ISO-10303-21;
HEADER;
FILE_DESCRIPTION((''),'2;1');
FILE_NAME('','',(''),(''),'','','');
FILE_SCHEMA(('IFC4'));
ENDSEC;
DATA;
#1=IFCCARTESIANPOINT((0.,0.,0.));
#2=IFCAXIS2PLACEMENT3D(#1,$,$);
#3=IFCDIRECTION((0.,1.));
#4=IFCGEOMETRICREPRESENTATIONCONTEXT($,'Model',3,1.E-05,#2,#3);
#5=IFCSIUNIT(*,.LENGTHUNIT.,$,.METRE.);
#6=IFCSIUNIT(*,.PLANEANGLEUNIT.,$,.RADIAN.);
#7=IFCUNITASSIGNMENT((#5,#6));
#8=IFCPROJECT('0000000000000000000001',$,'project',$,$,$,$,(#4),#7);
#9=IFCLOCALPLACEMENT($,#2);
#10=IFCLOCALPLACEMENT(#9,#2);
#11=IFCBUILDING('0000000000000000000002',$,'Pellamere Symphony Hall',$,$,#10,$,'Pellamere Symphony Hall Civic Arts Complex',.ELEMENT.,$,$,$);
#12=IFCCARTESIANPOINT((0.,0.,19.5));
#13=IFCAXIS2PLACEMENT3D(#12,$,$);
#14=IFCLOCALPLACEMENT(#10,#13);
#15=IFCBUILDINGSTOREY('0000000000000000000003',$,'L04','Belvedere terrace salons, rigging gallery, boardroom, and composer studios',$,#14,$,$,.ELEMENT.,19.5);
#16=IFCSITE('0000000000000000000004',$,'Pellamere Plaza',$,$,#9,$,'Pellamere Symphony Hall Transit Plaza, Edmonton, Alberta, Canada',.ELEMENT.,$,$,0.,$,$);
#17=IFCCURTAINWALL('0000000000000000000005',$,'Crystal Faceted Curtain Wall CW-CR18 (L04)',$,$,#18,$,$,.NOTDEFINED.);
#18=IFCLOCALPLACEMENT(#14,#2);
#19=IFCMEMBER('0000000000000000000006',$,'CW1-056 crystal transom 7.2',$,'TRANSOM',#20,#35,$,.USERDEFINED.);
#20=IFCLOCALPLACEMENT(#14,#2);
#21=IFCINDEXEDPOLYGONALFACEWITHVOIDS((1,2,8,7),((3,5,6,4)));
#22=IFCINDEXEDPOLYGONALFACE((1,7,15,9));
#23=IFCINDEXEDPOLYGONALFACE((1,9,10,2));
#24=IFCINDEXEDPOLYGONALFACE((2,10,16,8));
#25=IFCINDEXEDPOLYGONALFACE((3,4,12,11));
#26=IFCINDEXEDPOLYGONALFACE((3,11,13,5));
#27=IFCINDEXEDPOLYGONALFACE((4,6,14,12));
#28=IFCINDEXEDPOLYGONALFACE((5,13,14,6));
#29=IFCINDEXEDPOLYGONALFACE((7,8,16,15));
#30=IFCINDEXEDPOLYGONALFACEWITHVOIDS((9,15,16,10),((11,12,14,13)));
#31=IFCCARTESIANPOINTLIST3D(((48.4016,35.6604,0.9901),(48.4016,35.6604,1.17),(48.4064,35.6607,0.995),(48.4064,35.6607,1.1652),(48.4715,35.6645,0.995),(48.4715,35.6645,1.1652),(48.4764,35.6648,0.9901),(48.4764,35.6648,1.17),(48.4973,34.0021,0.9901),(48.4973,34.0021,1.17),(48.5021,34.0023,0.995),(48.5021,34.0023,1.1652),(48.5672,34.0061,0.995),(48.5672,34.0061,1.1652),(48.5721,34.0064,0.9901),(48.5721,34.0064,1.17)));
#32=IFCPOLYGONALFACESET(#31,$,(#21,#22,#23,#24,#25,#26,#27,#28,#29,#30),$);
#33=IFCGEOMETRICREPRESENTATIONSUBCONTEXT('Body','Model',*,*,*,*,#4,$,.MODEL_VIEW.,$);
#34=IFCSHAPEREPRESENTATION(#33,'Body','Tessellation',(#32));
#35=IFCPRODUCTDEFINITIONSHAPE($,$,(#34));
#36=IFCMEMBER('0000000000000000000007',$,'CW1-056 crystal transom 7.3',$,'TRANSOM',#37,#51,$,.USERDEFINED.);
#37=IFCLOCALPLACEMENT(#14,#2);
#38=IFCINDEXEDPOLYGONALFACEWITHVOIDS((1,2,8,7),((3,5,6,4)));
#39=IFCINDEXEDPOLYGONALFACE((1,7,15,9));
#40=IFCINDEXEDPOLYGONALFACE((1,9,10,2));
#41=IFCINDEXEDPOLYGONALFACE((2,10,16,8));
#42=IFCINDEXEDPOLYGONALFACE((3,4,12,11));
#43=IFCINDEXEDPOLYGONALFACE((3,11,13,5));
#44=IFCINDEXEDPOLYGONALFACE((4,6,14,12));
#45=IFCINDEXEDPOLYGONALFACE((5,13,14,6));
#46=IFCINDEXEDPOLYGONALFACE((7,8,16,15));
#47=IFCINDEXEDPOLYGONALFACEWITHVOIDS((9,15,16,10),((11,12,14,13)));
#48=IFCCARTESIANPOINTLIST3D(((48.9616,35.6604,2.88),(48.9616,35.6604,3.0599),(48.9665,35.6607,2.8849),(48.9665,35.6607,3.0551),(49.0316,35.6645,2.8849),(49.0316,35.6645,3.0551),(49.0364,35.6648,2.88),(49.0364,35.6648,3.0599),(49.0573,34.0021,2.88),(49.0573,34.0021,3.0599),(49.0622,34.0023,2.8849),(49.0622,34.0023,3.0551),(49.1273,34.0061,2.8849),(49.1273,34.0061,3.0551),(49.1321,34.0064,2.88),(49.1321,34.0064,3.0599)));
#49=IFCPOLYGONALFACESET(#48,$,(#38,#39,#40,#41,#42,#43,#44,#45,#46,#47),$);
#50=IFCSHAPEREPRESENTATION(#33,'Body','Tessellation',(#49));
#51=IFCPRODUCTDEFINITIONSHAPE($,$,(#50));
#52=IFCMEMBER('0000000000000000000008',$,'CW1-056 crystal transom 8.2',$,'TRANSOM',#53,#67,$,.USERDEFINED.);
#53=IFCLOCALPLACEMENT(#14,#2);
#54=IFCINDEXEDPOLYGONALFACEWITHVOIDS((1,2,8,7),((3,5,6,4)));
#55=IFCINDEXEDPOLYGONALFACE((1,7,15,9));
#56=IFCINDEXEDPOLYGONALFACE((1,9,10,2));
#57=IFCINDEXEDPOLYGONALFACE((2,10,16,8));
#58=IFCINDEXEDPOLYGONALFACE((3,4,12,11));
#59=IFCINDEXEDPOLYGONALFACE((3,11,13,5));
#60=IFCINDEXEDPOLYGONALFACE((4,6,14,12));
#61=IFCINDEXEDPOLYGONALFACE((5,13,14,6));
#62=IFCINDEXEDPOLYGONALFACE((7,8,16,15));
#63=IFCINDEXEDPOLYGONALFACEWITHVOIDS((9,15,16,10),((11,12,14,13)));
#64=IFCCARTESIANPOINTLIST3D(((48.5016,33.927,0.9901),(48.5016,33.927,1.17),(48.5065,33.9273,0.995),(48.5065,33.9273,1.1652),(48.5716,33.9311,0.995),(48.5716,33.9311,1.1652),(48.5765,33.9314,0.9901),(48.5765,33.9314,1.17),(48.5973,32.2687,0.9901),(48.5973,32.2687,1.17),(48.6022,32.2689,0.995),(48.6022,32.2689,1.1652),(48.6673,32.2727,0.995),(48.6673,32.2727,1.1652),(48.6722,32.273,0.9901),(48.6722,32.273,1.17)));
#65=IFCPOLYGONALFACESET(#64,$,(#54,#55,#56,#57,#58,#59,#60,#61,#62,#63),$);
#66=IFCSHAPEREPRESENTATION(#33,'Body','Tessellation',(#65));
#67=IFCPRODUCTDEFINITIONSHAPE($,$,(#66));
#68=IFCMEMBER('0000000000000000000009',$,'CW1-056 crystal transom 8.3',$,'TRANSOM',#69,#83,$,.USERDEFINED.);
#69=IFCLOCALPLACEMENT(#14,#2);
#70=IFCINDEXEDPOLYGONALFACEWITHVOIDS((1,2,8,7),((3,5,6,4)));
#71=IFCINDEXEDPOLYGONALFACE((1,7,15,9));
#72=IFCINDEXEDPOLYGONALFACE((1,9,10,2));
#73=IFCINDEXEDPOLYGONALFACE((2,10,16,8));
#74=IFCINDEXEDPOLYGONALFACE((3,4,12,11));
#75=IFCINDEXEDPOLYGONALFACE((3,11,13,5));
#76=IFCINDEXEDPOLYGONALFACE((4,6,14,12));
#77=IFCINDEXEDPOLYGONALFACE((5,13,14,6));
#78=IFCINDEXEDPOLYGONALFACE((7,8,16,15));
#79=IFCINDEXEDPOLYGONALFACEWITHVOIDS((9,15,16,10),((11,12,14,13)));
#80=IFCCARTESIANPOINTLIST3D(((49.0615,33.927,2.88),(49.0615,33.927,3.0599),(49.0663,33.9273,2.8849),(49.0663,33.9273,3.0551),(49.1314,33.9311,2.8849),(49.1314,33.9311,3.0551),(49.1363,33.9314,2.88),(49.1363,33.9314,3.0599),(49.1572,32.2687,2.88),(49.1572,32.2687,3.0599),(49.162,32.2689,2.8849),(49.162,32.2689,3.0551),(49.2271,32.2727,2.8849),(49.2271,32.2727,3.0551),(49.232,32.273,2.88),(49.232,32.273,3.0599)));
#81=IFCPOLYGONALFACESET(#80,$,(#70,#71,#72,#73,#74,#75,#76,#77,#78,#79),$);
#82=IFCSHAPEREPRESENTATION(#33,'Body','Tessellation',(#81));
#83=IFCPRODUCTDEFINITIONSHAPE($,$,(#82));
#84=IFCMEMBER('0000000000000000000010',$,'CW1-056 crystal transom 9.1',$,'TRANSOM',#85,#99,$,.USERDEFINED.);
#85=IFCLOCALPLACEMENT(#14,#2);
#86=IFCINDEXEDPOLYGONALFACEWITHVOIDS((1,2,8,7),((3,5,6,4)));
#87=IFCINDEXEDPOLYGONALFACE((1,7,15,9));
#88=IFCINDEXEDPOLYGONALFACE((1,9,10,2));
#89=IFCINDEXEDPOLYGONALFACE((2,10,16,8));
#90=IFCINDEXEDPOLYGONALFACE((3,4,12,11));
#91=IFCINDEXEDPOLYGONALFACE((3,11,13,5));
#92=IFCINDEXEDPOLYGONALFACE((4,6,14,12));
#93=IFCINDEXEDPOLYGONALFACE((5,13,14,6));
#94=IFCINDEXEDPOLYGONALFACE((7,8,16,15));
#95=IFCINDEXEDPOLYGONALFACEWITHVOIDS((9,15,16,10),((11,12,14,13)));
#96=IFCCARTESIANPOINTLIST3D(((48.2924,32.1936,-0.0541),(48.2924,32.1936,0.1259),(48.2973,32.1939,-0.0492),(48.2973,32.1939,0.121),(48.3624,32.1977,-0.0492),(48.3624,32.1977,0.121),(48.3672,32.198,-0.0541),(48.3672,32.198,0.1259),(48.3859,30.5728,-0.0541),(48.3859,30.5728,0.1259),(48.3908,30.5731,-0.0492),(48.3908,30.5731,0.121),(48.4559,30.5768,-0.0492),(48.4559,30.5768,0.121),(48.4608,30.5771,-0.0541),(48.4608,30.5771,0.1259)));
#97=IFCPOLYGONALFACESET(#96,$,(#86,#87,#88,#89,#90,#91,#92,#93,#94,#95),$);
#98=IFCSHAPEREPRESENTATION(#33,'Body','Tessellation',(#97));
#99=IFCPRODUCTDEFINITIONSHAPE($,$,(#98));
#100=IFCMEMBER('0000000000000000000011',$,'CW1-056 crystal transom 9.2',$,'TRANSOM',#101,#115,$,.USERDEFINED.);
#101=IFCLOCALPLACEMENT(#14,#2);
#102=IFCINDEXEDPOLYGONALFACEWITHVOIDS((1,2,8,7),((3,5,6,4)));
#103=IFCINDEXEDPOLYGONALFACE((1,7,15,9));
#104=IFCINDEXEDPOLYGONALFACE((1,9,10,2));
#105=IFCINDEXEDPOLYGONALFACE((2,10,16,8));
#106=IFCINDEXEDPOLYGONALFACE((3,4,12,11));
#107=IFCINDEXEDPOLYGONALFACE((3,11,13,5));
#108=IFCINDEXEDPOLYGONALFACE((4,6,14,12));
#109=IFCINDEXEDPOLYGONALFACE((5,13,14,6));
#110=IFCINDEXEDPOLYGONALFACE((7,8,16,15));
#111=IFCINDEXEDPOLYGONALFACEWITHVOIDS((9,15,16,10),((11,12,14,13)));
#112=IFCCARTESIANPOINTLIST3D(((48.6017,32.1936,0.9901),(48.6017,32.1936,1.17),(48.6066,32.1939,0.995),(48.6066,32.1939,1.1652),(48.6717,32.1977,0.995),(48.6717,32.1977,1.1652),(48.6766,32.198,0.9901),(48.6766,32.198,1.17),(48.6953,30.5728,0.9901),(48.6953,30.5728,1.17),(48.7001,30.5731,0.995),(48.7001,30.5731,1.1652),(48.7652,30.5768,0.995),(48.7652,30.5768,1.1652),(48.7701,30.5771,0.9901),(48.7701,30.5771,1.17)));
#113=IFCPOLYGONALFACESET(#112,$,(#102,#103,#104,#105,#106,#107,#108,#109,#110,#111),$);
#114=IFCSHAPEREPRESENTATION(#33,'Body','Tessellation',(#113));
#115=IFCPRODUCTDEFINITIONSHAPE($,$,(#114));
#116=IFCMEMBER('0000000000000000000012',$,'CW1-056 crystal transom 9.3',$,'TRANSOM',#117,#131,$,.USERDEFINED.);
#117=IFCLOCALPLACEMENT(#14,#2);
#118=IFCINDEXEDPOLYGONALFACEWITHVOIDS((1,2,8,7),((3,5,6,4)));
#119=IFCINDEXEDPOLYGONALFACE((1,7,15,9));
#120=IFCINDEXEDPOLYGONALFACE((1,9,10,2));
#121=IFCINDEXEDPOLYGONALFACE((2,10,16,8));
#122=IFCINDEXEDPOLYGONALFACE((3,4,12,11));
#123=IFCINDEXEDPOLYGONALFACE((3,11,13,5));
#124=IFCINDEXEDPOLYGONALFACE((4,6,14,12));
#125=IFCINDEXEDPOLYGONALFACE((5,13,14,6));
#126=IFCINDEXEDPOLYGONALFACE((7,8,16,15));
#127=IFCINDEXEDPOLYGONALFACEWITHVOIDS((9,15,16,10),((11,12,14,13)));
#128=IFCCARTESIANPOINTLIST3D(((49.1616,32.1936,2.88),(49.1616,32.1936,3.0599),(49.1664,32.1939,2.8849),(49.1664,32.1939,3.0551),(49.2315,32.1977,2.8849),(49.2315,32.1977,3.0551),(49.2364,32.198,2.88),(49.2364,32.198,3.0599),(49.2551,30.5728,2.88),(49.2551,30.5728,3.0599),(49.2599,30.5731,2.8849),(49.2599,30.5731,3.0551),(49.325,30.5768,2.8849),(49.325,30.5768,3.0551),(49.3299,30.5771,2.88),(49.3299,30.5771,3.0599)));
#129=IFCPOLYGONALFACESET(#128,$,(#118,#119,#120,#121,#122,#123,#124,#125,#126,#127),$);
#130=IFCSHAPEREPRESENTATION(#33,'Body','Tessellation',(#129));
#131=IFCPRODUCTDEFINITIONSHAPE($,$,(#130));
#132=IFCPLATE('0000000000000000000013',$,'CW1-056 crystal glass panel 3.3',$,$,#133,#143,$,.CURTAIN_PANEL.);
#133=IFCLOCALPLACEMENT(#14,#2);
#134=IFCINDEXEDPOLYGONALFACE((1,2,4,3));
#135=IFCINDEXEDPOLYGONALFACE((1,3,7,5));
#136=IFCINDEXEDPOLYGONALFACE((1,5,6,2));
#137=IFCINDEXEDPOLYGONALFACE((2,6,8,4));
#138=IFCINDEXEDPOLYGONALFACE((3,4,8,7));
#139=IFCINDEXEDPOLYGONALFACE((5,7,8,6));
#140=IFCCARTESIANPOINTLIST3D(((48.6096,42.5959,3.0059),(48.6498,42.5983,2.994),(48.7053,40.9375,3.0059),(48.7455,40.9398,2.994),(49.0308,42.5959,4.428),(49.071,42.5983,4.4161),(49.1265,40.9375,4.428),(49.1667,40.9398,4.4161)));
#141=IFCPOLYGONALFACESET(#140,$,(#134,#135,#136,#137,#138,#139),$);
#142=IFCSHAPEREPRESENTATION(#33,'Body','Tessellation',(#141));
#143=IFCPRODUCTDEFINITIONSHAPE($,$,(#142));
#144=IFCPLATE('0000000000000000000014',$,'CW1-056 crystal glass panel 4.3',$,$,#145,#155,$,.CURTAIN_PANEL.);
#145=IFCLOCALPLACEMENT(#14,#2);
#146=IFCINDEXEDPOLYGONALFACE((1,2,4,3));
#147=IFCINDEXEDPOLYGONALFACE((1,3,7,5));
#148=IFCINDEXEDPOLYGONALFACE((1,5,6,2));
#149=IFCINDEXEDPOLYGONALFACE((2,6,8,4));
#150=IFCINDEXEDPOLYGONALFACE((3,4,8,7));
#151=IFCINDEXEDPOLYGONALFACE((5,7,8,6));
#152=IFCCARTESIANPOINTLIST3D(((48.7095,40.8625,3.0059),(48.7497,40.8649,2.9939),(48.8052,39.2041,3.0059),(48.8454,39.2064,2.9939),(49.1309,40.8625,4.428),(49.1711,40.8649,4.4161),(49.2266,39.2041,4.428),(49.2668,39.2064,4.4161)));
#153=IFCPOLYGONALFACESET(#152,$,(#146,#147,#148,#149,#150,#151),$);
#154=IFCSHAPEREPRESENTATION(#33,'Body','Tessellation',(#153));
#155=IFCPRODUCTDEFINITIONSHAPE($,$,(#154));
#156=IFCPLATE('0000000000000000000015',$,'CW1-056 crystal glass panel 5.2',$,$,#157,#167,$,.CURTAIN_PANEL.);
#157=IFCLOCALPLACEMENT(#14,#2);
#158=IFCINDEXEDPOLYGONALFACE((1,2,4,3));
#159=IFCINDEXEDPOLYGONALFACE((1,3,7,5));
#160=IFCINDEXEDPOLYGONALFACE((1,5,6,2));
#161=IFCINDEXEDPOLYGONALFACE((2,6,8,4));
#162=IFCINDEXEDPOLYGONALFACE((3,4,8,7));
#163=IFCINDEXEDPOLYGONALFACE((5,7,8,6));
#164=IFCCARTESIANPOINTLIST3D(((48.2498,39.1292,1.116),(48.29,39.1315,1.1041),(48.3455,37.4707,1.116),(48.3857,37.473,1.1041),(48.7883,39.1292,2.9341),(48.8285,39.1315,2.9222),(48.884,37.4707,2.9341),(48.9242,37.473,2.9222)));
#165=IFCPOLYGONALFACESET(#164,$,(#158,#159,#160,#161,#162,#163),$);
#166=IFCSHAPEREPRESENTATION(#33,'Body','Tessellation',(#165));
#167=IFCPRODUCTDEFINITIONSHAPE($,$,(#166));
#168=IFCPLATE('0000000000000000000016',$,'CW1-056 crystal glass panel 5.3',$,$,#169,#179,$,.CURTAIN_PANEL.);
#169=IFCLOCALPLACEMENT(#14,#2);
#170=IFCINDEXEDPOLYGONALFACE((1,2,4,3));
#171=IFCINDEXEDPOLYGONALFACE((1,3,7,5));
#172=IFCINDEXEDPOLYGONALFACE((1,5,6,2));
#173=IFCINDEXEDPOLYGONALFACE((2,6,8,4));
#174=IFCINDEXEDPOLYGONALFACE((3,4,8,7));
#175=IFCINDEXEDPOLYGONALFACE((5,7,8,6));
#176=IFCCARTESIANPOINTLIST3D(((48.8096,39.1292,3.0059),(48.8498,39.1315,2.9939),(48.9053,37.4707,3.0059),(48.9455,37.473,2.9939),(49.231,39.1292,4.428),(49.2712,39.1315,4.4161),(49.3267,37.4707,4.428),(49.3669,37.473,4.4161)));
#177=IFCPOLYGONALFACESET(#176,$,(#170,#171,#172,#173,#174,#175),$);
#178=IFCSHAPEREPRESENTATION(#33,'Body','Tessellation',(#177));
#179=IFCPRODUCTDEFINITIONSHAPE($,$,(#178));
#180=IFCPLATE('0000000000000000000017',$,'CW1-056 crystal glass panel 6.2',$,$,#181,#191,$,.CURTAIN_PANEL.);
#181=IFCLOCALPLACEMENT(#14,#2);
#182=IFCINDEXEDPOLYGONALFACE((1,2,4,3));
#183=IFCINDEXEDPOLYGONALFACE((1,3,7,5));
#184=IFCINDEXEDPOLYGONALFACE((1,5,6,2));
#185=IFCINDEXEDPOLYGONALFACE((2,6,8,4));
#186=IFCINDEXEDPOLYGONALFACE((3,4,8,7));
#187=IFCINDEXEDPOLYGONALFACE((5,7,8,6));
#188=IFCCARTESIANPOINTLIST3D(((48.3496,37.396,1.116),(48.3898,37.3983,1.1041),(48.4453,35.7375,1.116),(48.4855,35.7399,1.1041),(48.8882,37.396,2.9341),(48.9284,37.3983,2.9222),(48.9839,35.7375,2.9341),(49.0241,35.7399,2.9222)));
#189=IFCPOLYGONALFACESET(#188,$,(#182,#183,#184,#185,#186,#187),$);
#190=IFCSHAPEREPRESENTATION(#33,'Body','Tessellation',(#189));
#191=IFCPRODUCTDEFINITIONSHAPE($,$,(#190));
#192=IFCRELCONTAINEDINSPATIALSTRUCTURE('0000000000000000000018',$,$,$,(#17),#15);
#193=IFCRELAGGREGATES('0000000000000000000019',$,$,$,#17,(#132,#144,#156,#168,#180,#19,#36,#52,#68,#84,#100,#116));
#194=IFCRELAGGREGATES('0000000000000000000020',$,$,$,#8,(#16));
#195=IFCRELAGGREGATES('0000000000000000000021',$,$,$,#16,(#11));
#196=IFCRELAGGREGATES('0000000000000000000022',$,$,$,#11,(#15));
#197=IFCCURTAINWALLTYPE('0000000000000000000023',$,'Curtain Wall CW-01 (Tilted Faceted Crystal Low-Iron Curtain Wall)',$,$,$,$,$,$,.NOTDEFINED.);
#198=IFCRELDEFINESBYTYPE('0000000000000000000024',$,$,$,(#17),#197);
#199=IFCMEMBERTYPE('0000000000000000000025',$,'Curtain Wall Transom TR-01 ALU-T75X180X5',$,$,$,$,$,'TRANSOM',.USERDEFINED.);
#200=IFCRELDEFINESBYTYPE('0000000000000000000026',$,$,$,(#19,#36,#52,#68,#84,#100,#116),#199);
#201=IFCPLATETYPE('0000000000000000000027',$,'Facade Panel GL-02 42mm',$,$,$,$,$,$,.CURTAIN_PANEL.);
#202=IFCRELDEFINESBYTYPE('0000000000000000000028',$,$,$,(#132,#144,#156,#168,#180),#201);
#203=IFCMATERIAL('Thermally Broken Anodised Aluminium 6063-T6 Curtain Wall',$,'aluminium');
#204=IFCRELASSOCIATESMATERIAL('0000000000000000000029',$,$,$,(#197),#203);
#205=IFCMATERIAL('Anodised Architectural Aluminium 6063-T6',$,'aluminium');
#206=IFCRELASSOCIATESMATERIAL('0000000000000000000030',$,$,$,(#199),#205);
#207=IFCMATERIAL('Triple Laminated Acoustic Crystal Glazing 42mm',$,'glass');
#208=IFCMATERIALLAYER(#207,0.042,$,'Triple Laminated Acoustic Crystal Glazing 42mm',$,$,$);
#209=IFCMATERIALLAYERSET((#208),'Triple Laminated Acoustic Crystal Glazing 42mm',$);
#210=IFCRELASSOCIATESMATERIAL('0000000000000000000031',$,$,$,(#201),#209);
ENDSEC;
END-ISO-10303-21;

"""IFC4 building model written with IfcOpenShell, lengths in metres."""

from ifc_helpers import new_model, si_unit, direction, frame, origin, origin_2d, place, context, subcontext, project, spatial, polyline, hollow_rectangle, outline, extrude, material, layer, layer_set, material_profile, profile_set, type_object, element, aggregate, save


model = new_model("IFC4")

# Units and contexts
model_context = context("Model", 3, precision=1e-05, world=origin(), true_north=direction((0.0, 1.0)))
body_context = subcontext(model_context, "Body", "Model", "MODEL_VIEW")
ifc_project = project(units=[si_unit("LENGTHUNIT", "METRE"), si_unit("PLANEANGLEUNIT", "RADIAN")], contexts=[model_context])

# Site, building, storey
site_placement = place(None, origin())
site = spatial("IfcSite", under=ifc_project, at=site_placement, Name="Pellamere Plaza", LongName="Pellamere Symphony Hall Transit Plaza, Edmonton, Alberta, Canada", CompositionType="ELEMENT", RefElevation=0.0)
building_placement = place(site_placement, origin())
building = spatial("IfcBuilding", under=site, at=building_placement, Name="Pellamere Symphony Hall", LongName="Pellamere Symphony Hall Civic Arts Complex", CompositionType="ELEMENT")
storey_placement = place(building_placement, frame((0.0, 0.0, 19.5)))
storey = spatial("IfcBuildingStorey", under=building, at=storey_placement, Name="L04", Description="Belvedere terrace salons, rigging gallery, boardroom, and composer studios", CompositionType="ELEMENT", Elevation=19.5)

# Curtain wall, members, plates
ifc_material_1 = material(Name="Thermally Broken Anodised Aluminium 6063-T6 Curtain Wall", Category="aluminium")
curtain_wall_type = type_object("IfcCurtainWallType", Name="Curtain Wall CW-01 (Tilted Faceted Crystal Low-Iron Curtain Wall)", PredefinedType="NOTDEFINED", material=ifc_material_1)
curtain_wall_placement = place(storey_placement, origin())
curtain_wall = element("IfcCurtainWall", 1, at=curtain_wall_placement, inside=storey, type_object=curtain_wall_type, Name="Crystal Faceted Curtain Wall CW-CR18 (L04)", PredefinedType="NOTDEFINED")
ifc_material_2 = material(Name="Anodised Architectural Aluminium 6063-T6", Category="aluminium")
ifc_material_profile_1 = material_profile(ifc_material_2, hollow_rectangle(XDim=0.075, YDim=0.1799, WallThickness=0.0049, at=origin_2d()), Name="ALU-T75X180X5")
ifc_profile_set_1 = profile_set([ifc_material_profile_1], Name="Anodised Architectural Aluminium 6063-T6")
member_type_1 = type_object("IfcMemberType", Name="Curtain Wall Transom TR-01 ALU-T75X180X5", ElementType="TRANSOM", PredefinedType="USERDEFINED", material=ifc_profile_set_1)
member_1_placement = place(storey_placement, frame((48.439, 35.6626, 1.0801), z_axis=(0.057611, -0.998339, 0.0), x_axis=(0.998339, 0.057611, 0.0)))
member_1 = element("IfcMember", 2, at=member_1_placement, type_object=member_type_1, Name="CW1-056 crystal transom 7.2", ObjectType="TRANSOM", PredefinedType="USERDEFINED", context=body_context, shape_type="SweptSolid", body=[
    extrude(hollow_rectangle(XDim=0.075, YDim=0.1799, WallThickness=0.0049, at=origin_2d()), origin(), (0.0, 0.0, 1.0), 1.6611),
])
member_2_placement = place(storey_placement, frame((48.999, 35.6626, 2.97), z_axis=(0.057611, -0.998339, 0.0), x_axis=(0.998339, 0.057611, 0.0)))
member_2 = element("IfcMember", 3, at=member_2_placement, type_object=member_type_1, Name="CW1-056 crystal transom 7.3", ObjectType="TRANSOM", PredefinedType="USERDEFINED", context=body_context, shape_type="SweptSolid", body=[
    extrude(hollow_rectangle(XDim=0.075, YDim=0.1799, WallThickness=0.0049, at=origin_2d()), origin(), (0.0, 0.0, 1.0), 1.6611),
])
member_3_placement = place(storey_placement, frame((48.5391, 33.9292, 1.0801), z_axis=(0.057611, -0.998339, 0.0), x_axis=(0.998339, 0.057611, 0.0)))
member_3 = element("IfcMember", 4, at=member_3_placement, type_object=member_type_1, Name="CW1-056 crystal transom 8.2", ObjectType="TRANSOM", PredefinedType="USERDEFINED", context=body_context, shape_type="SweptSolid", body=[
    extrude(hollow_rectangle(XDim=0.075, YDim=0.1799, WallThickness=0.0049, at=origin_2d()), origin(), (0.0, 0.0, 1.0), 1.6611),
])
member_4_placement = place(storey_placement, frame((49.0989, 33.9292, 2.97), z_axis=(0.057611, -0.998339, 0.0), x_axis=(0.998339, 0.057611, 0.0)))
member_4 = element("IfcMember", 5, at=member_4_placement, type_object=member_type_1, Name="CW1-056 crystal transom 8.3", ObjectType="TRANSOM", PredefinedType="USERDEFINED", context=body_context, shape_type="SweptSolid", body=[
    extrude(hollow_rectangle(XDim=0.075, YDim=0.1799, WallThickness=0.0049, at=origin_2d()), origin(), (0.0, 0.0, 1.0), 1.6611),
])
member_5_placement = place(storey_placement, frame((48.3298, 32.1958, 0.0359), z_axis=(0.057594, -0.99834, 0.0), x_axis=(0.99834, 0.057594, 0.0)))
member_5 = element("IfcMember", 6, at=member_5_placement, type_object=member_type_1, Name="CW1-056 crystal transom 9.1", ObjectType="TRANSOM", PredefinedType="USERDEFINED", context=body_context, shape_type="SweptSolid", body=[
    extrude(hollow_rectangle(XDim=0.075, YDim=0.1799, WallThickness=0.0049, at=origin_2d()), origin(), (0.0, 0.0, 1.0), 1.6235),
])
member_6_placement = place(storey_placement, frame((48.6392, 32.1958, 1.0801), z_axis=(0.057594, -0.99834, 0.0), x_axis=(0.99834, 0.057594, 0.0)))
member_6 = element("IfcMember", 7, at=member_6_placement, type_object=member_type_1, Name="CW1-056 crystal transom 9.2", ObjectType="TRANSOM", PredefinedType="USERDEFINED", context=body_context, shape_type="SweptSolid", body=[
    extrude(hollow_rectangle(XDim=0.075, YDim=0.1799, WallThickness=0.0049, at=origin_2d()), origin(), (0.0, 0.0, 1.0), 1.6235),
])
member_7_placement = place(storey_placement, frame((49.199, 32.1958, 2.97), z_axis=(0.057594, -0.99834, 0.0), x_axis=(0.99834, 0.057594, 0.0)))
member_7 = element("IfcMember", 8, at=member_7_placement, type_object=member_type_1, Name="CW1-056 crystal transom 9.3", ObjectType="TRANSOM", PredefinedType="USERDEFINED", context=body_context, shape_type="SweptSolid", body=[
    extrude(hollow_rectangle(XDim=0.075, YDim=0.1799, WallThickness=0.0049, at=origin_2d()), origin(), (0.0, 0.0, 1.0), 1.6235),
])
ifc_material_3 = material(Name="Triple Laminated Acoustic Crystal Glazing 42mm", Category="glass")
ifc_layer = layer(ifc_material_3, 0.042, Name="Triple Laminated Acoustic Crystal Glazing 42mm")
ifc_layer_set = layer_set([ifc_layer], Name="Triple Laminated Acoustic Crystal Glazing 42mm")
plate_type = type_object("IfcPlateType", Name="Facade Panel GL-02 42mm", PredefinedType="CURTAIN_PANEL", material=ifc_layer_set)
plate_1_placement = place(storey_placement, frame((48.6096, 42.5959, 3.0059), z_axis=(-0.957375, -0.055247, 0.283515), x_axis=(0.057611, -0.998339, 0.0)))
plate_1 = element("IfcPlate", 9, at=plate_1_placement, type_object=plate_type, Name="CW1-056 crystal glass panel 3.3", PredefinedType="CURTAIN_PANEL", context=body_context, shape_type="SweptSolid", body=[
    extrude(outline(polyline([(0.0, 0.0), (1.6612, 0.0), (1.6855, 1.483), (0.0243, 1.483), (0.0, 0.0)])), origin(), (0.0, 0.0, -1.0), 0.042),
])
plate_2_placement = place(storey_placement, frame((48.7095, 40.8625, 3.0059), z_axis=(-0.957331, -0.055244, 0.283666), x_axis=(0.057611, -0.998339, 0.0)))
plate_2 = element("IfcPlate", 10, at=plate_2_placement, type_object=plate_type, Name="CW1-056 crystal glass panel 4.3", PredefinedType="CURTAIN_PANEL", context=body_context, shape_type="SweptSolid", body=[
    extrude(outline(polyline([(0.0, 0.0), (1.6612, 0.0), (1.6855, 1.483), (0.0243, 1.483), (0.0, 0.0)])), origin(), (0.0, 0.0, -1.0), 0.042),
])
plate_3_placement = place(storey_placement, frame((48.2498, 39.1292, 1.116), z_axis=(-0.957352, -0.055245, 0.283593), x_axis=(0.057611, -0.998339, 0.0)))
plate_3 = element("IfcPlate", 11, at=plate_3_placement, type_object=plate_type, Name="CW1-056 crystal glass panel 5.2", PredefinedType="CURTAIN_PANEL", context=body_context, shape_type="SweptSolid", body=[
    extrude(outline(polyline([(0.0, 0.0), (1.6612, 0.0), (1.6922, 1.896), (0.031, 1.896), (0.0, 0.0)])), origin(), (0.0, 0.0, -1.0), 0.042),
])
plate_4_placement = place(storey_placement, frame((48.8096, 39.1292, 3.0059), z_axis=(-0.957331, -0.055244, 0.283666), x_axis=(0.057611, -0.998339, 0.0)))
plate_4 = element("IfcPlate", 12, at=plate_4_placement, type_object=plate_type, Name="CW1-056 crystal glass panel 5.3", PredefinedType="CURTAIN_PANEL", context=body_context, shape_type="SweptSolid", body=[
    extrude(outline(polyline([(0.0, 0.0), (1.6612, 0.0), (1.6855, 1.483), (0.0243, 1.483), (0.0, 0.0)])), origin(), (0.0, 0.0, -1.0), 0.042),
])
plate_5_placement = place(storey_placement, frame((48.3496, 37.396, 1.116), z_axis=(-0.957352, -0.055245, 0.283593), x_axis=(0.057611, -0.998339, 0.0)))
plate_5 = element("IfcPlate", 13, at=plate_5_placement, type_object=plate_type, Name="CW1-056 crystal glass panel 6.2", PredefinedType="CURTAIN_PANEL", context=body_context, shape_type="SweptSolid", body=[
    extrude(outline(polyline([(0.0, 0.0), (1.6612, 0.0), (1.6922, 1.896), (0.031, 1.896), (0.0, 0.0)])), origin(), (0.0, 0.0, -1.0), 0.042),
])
aggregate(curtain_wall, [plate_1, plate_2, plate_3, plate_4, plate_5, member_1, member_2, member_3, member_4, member_5, member_6, member_7])

save(model, "model.ifc")
